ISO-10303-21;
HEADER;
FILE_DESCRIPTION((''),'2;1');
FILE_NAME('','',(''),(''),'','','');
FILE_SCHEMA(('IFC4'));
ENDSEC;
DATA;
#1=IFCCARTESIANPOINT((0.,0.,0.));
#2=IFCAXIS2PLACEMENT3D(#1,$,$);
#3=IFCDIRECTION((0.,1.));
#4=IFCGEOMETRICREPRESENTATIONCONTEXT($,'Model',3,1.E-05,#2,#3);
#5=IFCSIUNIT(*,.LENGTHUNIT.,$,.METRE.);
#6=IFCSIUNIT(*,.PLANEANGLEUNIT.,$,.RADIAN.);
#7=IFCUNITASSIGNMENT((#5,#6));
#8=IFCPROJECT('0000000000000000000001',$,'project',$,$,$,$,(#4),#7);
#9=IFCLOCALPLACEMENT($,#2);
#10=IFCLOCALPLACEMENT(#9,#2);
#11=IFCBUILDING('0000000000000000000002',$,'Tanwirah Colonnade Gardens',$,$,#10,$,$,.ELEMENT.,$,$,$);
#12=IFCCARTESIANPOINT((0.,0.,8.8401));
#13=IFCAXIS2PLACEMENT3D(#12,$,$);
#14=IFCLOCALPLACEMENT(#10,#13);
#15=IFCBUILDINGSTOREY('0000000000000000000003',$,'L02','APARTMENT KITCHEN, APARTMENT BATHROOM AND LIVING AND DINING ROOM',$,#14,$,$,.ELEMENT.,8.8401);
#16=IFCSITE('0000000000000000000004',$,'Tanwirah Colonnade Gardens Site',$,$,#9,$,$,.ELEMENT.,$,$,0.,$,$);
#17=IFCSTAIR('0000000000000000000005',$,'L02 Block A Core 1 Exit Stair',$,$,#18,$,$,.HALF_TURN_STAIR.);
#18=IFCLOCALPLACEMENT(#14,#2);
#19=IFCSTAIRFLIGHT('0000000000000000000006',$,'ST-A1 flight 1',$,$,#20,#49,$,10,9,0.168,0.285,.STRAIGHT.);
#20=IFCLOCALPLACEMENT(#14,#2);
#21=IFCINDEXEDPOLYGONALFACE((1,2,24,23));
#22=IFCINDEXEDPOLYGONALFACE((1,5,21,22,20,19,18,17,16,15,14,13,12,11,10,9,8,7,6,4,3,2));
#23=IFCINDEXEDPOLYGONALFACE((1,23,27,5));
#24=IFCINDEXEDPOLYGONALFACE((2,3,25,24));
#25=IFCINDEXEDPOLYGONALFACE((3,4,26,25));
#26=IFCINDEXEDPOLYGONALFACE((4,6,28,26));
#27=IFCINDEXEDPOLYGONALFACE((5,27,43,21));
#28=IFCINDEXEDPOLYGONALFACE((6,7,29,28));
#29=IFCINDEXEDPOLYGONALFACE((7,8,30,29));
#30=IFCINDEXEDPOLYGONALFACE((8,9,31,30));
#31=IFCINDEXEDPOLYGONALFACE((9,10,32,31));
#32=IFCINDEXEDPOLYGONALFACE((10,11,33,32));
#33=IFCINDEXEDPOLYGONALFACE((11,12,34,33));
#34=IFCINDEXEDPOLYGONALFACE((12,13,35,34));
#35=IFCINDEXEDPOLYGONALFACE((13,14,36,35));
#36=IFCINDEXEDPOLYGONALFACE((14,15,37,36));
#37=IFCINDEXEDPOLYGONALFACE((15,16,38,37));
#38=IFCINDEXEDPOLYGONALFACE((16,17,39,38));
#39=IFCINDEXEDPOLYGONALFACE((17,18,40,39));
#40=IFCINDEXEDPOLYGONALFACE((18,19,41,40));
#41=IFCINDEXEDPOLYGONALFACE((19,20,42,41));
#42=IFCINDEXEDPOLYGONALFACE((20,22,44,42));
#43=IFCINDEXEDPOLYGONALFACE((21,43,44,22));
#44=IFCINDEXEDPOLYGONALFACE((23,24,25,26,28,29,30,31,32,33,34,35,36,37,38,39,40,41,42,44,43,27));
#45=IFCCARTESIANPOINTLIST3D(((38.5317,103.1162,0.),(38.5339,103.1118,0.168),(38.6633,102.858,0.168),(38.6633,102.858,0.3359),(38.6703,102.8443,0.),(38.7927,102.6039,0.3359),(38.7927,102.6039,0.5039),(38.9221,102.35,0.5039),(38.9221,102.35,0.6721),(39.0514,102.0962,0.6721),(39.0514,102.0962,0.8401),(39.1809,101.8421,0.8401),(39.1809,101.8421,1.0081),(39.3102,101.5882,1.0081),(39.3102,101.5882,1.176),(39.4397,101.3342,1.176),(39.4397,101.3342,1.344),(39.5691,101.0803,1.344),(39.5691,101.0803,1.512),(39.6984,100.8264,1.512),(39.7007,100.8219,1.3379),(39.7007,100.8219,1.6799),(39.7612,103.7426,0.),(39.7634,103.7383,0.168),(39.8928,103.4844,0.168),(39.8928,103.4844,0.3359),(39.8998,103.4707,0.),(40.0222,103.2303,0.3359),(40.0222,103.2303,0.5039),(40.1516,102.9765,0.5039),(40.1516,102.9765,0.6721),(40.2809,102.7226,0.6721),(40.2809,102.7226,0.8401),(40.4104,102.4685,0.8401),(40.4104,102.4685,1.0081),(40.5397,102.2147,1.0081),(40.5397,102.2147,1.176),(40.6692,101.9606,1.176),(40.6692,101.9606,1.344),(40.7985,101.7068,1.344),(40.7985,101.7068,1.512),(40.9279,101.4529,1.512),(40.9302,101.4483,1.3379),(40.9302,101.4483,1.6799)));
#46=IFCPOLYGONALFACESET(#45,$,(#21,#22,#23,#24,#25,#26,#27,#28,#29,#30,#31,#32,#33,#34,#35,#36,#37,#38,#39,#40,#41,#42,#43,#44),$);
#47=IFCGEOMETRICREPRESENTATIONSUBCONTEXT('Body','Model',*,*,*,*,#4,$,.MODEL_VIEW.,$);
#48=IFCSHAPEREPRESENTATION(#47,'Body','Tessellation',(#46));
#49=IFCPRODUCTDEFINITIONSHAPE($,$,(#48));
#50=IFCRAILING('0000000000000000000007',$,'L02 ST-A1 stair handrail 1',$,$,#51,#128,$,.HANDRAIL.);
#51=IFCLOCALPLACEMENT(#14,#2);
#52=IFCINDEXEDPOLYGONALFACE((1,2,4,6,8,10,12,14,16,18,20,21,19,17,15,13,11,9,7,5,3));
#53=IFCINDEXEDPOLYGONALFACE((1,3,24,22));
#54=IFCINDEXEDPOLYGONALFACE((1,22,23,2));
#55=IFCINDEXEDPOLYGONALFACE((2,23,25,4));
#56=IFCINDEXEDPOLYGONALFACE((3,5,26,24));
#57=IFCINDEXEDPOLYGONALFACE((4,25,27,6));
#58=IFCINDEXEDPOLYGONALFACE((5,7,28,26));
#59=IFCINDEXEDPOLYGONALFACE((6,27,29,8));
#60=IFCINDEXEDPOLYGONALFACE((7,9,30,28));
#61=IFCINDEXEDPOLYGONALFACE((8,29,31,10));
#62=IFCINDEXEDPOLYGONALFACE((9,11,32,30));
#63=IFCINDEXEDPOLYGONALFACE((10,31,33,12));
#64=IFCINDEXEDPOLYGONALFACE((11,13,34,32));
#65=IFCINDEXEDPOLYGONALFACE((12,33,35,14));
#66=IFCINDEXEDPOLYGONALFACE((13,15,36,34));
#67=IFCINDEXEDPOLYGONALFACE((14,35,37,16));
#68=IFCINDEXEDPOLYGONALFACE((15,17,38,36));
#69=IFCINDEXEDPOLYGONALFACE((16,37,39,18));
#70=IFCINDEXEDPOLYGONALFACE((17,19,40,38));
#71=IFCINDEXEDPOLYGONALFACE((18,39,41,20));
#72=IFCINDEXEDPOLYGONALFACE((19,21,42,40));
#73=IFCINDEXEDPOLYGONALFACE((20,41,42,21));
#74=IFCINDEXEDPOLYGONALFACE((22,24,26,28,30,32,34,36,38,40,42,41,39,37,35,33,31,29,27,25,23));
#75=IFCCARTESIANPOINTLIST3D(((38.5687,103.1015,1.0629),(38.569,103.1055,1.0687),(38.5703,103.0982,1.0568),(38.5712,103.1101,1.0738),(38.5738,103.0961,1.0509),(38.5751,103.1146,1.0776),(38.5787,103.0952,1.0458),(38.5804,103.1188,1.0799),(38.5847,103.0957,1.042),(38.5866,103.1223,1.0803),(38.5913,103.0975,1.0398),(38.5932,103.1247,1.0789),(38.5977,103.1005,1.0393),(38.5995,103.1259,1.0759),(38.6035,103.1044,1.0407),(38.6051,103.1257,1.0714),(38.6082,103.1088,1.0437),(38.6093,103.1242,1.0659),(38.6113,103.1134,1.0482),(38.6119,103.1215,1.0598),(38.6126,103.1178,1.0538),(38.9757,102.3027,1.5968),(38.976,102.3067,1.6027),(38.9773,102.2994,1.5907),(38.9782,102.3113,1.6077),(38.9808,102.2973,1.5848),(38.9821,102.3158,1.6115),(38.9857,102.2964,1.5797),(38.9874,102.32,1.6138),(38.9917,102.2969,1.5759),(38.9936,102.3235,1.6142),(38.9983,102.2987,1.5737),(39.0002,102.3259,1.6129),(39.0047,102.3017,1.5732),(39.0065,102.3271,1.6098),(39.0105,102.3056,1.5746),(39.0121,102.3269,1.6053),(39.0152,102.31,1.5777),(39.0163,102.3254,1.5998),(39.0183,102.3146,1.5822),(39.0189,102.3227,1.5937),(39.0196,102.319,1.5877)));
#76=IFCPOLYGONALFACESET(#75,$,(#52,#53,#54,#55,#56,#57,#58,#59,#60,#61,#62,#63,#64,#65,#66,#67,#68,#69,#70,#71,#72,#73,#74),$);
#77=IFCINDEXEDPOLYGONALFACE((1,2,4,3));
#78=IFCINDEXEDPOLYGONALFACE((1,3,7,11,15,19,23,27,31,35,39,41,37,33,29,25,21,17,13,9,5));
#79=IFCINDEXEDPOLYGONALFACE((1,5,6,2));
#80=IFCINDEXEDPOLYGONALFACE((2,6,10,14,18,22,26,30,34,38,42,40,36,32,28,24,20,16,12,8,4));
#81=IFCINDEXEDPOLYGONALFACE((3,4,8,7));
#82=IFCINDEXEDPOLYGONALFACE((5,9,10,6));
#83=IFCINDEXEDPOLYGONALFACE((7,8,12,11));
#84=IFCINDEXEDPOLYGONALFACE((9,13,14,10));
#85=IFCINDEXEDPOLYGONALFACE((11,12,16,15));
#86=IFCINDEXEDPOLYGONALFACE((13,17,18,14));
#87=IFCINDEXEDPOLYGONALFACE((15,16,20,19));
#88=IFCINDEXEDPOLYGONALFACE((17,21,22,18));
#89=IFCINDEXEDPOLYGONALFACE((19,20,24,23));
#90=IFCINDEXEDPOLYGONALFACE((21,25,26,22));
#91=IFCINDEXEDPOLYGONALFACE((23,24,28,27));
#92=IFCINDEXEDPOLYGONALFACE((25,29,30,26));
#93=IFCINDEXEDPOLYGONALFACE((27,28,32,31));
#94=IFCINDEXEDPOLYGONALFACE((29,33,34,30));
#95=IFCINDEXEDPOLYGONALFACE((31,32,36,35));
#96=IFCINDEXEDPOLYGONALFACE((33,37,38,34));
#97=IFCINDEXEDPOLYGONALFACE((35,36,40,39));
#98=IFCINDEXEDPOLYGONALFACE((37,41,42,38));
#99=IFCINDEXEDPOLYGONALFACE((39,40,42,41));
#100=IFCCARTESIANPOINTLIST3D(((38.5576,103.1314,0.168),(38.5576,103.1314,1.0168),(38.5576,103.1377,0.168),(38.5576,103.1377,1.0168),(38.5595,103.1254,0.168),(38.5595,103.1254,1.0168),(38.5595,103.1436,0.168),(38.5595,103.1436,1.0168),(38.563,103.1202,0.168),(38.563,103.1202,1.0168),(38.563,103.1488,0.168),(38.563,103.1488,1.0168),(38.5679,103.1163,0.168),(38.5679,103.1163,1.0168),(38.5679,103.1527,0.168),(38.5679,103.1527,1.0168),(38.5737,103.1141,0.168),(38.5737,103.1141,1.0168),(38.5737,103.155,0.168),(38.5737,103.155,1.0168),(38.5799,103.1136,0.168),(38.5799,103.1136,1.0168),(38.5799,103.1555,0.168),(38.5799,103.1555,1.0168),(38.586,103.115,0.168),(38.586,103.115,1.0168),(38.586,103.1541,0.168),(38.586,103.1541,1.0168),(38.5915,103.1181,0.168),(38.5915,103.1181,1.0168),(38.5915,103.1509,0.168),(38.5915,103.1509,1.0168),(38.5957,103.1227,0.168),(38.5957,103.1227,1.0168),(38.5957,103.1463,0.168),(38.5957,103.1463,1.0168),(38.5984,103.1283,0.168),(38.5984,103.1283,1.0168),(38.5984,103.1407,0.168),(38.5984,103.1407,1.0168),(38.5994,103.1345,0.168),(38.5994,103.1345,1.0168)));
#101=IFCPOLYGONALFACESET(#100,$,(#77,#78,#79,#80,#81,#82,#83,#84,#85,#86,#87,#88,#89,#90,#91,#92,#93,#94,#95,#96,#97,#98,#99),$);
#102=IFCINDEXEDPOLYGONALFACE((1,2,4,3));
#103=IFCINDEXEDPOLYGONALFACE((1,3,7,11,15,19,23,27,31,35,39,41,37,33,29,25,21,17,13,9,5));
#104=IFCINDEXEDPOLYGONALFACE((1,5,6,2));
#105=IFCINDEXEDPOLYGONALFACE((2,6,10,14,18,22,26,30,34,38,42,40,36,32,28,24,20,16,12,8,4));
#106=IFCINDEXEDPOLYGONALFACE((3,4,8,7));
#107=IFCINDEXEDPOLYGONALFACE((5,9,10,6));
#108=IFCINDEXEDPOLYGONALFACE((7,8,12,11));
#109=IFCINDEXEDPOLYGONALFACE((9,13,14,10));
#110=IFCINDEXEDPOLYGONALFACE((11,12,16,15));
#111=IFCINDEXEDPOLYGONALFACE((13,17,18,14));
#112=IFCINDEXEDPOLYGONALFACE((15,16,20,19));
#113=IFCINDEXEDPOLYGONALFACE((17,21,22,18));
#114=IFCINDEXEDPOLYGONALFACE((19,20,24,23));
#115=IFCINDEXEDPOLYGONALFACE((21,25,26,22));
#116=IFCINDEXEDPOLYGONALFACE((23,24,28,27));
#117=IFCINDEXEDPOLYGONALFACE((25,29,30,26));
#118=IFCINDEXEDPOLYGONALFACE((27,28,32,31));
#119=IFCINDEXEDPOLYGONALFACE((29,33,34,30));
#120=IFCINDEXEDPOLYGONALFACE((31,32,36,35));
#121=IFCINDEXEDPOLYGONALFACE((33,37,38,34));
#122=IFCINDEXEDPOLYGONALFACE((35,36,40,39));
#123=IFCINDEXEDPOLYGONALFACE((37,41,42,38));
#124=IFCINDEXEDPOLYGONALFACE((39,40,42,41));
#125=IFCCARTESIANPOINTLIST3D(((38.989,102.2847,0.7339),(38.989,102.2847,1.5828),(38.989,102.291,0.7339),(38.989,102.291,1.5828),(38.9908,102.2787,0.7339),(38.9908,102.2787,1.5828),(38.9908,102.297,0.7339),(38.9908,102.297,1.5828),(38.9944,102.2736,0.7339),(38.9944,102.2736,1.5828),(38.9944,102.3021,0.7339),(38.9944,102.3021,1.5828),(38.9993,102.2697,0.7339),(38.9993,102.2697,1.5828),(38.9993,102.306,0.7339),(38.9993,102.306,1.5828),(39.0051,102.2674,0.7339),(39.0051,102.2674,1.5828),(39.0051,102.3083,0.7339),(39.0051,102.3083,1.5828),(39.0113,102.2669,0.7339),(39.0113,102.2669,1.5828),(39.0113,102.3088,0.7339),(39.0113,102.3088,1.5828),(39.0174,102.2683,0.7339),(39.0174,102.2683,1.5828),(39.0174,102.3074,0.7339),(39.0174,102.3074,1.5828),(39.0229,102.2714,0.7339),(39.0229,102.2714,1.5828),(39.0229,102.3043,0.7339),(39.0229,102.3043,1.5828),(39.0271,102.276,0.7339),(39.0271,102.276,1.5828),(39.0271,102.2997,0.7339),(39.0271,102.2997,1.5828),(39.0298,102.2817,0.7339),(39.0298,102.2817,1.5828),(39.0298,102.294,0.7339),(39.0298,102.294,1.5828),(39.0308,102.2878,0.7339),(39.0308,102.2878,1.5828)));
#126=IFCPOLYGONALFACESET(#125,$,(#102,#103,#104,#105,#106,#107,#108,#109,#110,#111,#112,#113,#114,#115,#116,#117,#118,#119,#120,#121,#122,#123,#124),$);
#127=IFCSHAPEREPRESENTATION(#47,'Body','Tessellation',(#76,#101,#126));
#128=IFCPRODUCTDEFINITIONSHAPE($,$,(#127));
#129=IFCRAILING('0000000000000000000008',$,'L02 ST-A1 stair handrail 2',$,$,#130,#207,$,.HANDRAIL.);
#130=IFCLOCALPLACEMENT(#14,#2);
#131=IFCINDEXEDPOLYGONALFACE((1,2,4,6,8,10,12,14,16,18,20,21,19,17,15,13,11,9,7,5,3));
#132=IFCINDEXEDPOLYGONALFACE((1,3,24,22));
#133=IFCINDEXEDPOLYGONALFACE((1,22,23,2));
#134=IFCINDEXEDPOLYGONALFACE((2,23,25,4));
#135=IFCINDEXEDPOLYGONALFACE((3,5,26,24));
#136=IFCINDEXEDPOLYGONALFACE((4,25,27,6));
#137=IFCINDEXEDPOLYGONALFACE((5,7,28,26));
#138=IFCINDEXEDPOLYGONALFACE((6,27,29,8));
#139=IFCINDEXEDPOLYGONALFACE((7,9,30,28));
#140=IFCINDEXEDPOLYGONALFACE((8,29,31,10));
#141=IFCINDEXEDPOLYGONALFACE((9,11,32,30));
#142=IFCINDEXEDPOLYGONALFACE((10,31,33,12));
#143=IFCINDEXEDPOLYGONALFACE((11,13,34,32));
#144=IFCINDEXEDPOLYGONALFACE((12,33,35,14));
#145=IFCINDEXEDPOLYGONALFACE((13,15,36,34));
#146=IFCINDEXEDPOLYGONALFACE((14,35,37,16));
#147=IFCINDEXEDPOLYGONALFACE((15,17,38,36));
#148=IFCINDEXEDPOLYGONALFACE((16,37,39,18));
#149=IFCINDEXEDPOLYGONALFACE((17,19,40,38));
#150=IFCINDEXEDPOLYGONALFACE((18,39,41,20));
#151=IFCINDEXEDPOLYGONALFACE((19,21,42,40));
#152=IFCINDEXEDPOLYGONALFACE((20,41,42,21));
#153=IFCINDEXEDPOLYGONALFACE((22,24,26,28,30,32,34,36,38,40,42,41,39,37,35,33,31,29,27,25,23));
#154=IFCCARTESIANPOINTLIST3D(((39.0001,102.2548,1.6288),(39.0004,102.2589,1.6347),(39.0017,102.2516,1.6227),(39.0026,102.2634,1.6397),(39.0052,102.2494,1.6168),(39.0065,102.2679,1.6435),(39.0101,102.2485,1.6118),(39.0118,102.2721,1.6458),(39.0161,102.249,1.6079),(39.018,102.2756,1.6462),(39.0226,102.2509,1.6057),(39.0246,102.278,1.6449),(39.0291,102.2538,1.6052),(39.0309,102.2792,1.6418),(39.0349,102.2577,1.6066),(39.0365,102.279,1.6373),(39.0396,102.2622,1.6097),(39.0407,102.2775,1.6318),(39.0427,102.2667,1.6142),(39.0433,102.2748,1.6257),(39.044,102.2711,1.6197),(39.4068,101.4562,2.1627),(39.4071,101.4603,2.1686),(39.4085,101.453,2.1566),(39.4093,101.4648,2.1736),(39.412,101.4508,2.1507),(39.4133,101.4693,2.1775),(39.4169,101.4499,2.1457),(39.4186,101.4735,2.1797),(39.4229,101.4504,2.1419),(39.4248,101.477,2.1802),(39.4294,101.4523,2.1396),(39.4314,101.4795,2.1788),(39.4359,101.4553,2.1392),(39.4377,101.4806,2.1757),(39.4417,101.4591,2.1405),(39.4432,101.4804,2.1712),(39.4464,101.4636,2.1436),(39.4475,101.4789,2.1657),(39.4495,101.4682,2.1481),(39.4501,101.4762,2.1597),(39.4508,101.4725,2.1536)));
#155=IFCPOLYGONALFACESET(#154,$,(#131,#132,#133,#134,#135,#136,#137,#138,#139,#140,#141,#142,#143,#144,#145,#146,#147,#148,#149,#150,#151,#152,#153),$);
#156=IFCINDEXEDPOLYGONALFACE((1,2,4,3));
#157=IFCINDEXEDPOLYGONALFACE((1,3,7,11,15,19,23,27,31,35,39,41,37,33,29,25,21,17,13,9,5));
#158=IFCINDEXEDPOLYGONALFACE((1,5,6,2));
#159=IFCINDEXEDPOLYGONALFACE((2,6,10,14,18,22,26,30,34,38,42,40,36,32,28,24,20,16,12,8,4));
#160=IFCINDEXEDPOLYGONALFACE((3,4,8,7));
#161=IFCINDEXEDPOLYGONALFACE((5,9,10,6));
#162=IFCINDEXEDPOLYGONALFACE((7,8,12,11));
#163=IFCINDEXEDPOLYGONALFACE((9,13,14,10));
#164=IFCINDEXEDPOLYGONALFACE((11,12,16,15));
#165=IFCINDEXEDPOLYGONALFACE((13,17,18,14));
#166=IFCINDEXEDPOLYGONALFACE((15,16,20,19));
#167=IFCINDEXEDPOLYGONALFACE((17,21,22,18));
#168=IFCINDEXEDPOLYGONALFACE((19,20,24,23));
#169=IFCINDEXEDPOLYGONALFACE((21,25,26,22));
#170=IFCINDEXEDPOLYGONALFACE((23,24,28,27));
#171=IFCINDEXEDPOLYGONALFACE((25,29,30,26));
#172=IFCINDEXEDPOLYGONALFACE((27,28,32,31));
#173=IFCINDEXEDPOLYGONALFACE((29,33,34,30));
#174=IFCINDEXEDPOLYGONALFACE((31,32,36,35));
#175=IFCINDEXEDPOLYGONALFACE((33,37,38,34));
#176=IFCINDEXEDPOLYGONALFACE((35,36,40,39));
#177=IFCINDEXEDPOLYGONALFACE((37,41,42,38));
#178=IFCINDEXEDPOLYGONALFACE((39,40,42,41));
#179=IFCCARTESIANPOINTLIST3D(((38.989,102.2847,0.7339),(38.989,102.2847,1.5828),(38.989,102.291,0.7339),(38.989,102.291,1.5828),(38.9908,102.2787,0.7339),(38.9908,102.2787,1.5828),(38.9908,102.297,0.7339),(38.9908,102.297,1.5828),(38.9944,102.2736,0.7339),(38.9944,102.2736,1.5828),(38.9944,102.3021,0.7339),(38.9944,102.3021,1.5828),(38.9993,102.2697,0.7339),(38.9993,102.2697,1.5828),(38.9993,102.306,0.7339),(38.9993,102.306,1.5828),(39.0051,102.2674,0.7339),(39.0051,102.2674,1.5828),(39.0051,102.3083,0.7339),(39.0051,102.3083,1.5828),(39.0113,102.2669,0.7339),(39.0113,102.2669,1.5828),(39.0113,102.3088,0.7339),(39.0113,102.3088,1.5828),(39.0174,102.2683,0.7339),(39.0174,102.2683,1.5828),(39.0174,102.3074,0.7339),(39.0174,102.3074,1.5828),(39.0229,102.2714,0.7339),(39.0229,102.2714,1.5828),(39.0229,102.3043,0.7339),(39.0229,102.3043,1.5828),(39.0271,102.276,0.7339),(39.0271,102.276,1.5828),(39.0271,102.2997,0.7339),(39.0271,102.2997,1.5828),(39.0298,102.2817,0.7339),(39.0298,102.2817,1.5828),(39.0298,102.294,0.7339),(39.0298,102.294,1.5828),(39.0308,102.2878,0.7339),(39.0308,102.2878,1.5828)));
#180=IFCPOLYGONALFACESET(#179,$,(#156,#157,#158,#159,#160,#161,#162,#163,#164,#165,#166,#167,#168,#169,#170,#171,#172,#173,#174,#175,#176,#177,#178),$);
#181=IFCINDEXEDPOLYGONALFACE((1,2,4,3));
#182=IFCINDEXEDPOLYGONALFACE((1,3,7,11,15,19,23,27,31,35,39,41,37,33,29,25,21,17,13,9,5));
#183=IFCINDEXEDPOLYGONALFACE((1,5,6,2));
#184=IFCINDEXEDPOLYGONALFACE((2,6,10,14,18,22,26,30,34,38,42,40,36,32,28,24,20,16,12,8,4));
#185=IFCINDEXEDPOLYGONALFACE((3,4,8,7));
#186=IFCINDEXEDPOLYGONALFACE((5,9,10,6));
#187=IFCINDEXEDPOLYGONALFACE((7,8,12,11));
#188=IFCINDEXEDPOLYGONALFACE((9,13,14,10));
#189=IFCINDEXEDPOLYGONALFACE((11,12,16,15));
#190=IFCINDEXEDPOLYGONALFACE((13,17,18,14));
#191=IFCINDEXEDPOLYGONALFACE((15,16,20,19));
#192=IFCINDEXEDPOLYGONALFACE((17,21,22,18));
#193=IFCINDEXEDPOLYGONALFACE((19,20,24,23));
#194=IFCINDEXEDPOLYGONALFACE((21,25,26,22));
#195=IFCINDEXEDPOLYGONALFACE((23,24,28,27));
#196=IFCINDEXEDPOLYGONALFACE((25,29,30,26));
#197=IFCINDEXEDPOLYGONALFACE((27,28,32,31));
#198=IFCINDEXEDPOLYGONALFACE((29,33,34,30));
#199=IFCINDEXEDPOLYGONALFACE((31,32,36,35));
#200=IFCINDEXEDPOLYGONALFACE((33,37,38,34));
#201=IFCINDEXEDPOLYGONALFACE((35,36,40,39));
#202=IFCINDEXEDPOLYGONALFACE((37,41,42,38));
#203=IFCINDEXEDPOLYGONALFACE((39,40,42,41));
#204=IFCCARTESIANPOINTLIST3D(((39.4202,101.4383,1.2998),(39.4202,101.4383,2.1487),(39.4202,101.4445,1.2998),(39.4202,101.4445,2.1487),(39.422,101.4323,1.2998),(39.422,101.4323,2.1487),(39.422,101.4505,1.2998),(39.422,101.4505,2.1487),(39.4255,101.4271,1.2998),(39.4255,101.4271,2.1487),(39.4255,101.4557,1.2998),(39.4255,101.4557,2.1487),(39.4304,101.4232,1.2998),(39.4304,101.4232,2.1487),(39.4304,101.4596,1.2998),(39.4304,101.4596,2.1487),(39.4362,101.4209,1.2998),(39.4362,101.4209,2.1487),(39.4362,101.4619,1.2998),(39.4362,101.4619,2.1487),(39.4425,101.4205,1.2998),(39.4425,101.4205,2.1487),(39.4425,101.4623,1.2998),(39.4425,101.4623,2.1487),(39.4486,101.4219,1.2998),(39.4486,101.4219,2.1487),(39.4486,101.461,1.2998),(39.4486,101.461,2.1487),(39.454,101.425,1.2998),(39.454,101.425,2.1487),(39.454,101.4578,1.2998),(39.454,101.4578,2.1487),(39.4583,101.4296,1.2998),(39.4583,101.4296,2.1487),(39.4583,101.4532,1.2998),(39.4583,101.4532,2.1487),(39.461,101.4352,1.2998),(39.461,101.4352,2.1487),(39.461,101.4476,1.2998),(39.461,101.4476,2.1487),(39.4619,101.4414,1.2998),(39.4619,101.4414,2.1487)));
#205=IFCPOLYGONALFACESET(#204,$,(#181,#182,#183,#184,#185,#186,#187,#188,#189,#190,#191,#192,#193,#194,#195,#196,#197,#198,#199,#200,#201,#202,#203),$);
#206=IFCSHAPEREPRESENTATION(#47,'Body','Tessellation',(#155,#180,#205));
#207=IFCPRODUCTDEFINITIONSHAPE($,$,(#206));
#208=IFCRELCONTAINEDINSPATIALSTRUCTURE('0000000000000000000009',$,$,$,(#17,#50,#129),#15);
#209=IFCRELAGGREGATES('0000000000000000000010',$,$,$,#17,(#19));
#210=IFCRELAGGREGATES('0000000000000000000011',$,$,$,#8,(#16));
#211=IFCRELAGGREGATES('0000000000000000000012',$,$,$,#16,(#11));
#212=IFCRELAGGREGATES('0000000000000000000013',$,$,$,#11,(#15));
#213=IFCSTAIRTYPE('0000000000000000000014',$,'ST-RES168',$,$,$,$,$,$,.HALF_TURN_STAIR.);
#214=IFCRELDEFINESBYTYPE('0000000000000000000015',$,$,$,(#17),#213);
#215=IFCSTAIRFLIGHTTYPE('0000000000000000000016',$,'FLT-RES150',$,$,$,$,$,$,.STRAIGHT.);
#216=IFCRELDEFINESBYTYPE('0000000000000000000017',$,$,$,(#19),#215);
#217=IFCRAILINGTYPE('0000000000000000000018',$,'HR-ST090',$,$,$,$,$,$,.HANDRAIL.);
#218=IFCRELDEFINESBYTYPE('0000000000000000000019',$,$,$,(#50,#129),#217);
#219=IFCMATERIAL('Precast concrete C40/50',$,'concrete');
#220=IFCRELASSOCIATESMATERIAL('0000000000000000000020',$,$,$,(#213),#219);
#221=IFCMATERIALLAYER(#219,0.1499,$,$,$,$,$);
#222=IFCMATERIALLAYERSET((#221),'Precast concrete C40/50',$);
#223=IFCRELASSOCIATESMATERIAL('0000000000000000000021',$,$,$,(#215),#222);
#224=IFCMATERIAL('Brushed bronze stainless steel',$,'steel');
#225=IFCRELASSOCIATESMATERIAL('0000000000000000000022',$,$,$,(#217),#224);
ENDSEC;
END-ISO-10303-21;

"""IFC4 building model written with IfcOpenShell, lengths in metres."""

from ifc_helpers import new_model, si_unit, direction, frame, origin, origin_2d, place, context, subcontext, project, spatial, polyline, circle, outline, extrude, material, layer, layer_set, type_object, element, aggregate, save


model = new_model("IFC4")

# Units and contexts
model_context = context("Model", 3, precision=1e-05, world=origin(), true_north=direction((0.0, 1.0)))
body_context = subcontext(model_context, "Body", "Model", "MODEL_VIEW")
ifc_project = project(units=[si_unit("LENGTHUNIT", "METRE"), si_unit("PLANEANGLEUNIT", "RADIAN")], contexts=[model_context])

# Site, building, storey
site_placement = place(None, origin())
site = spatial("IfcSite", under=ifc_project, at=site_placement, Name="Tanwirah Colonnade Gardens Site", CompositionType="ELEMENT", RefElevation=0.0)
building_placement = place(site_placement, origin())
building = spatial("IfcBuilding", under=site, at=building_placement, Name="Tanwirah Colonnade Gardens", CompositionType="ELEMENT")
storey_placement = place(building_placement, frame((0.0, 0.0, 8.8401)))
storey = spatial("IfcBuildingStorey", under=building, at=storey_placement, Name="L02", Description="APARTMENT KITCHEN, APARTMENT BATHROOM AND LIVING AND DINING ROOM", CompositionType="ELEMENT", Elevation=8.8401)

# Shared definitions
ifc_material_1 = material(Name="Precast concrete C40/50", Category="concrete")

# Stair, stair flight
stair_type = type_object("IfcStairType", Name="ST-RES168", PredefinedType="HALF_TURN_STAIR", material=ifc_material_1)
stair_placement = place(storey_placement, origin())
stair = element("IfcStair", 1, at=stair_placement, inside=storey, type_object=stair_type, Name="L02 Block A Core 1 Exit Stair", PredefinedType="HALF_TURN_STAIR")
ifc_layer_1 = layer(ifc_material_1, 0.1499)
ifc_layer_set_1 = layer_set([ifc_layer_1], Name="Precast concrete C40/50")
stair_flight_type = type_object("IfcStairFlightType", Name="FLT-RES150", PredefinedType="STRAIGHT", material=ifc_layer_set_1)
stair_flight_placement = place(storey_placement, frame((39.1487, 103.425, 0.0), z_axis=(0.0, 0.0, 1.0), x_axis=(0.45399, -0.891007, 0.0)))
stair_flight = element("IfcStairFlight", 2, at=stair_flight_placement, type_object=stair_flight_type, Name="ST-A1 flight 1", NumberOfRisers=10, NumberOfTreads=9, PredefinedType="STRAIGHT", RiserHeight=0.168, TreadLength=0.285, context=body_context, shape_type="SweptSolid", body=[
    extrude(outline(polyline([(-0.0049, 0.0), (0.0, 0.168), (0.2849, 0.168), (0.2849, 0.3359), (0.5701, 0.3359), (0.5701, 0.5039), (0.855, 0.5039), (0.855, 0.6721), (1.1399, 0.6721), (1.1399, 0.8401), (1.425, 0.8401), (1.425, 1.0081), (1.71, 1.0081), (1.71, 1.176), (1.9951, 1.176), (1.9951, 1.344), (2.28, 1.344), (2.28, 1.512), (2.5649, 1.512), (2.5701, 1.6799), (2.5701, 1.3379), (0.3003, 0.0), (-0.0049, 0.0)])), frame((0.0, 0.6899, 0.0), z_axis=(0.0, -1.0, 0.0), x_axis=(1.0, 0.0, 0.0)), (0.0, 0.0, 1.0), 1.3799),
])
aggregate(stair, [stair_flight])

# Railings
ifc_material_2 = material(Name="Brushed bronze stainless steel", Category="steel")
railing_type = type_object("IfcRailingType", Name="HR-ST090", PredefinedType="HANDRAIL", material=ifc_material_2)
railing_1_placement = place(storey_placement, frame((38.5784, 103.1345, 0.168)))
element("IfcRailing", 3, at=railing_1_placement, inside=storey, type_object=railing_type, Name="L02 ST-A1 stair handrail 1", PredefinedType="HANDRAIL", context=body_context, shape_type="SweptSolid", body=[
    extrude(circle(Radius=0.0239, at=origin_2d()), frame((0.0122, -0.0239, 0.8918), z_axis=(0.390052, -0.765534, 0.511681), x_axis=(0.89101, 0.453984, 0.0)), (0.0, 0.0, 1.0), 1.0435),
    extrude(circle(Radius=0.021, at=origin_2d()), origin(), (0.0, 0.0, 1.0), 0.8489),
    extrude(circle(Radius=0.021, at=origin_2d()), frame((0.4314, -0.8467, 0.5659)), (0.0, 0.0, 1.0), 0.8489),
])
railing_2_placement = place(storey_placement, frame((39.0098, 102.2878, 0.7339)))
element("IfcRailing", 4, at=railing_2_placement, inside=storey, type_object=railing_type, Name="L02 ST-A1 stair handrail 2", PredefinedType="HANDRAIL", context=body_context, shape_type="SweptSolid", body=[
    extrude(circle(Radius=0.0239, at=origin_2d()), frame((0.0122, -0.0239, 0.8918), z_axis=(0.38993, -0.765509, 0.511811), x_axis=(0.891061, 0.453883, 0.0)), (0.0, 0.0, 1.0), 1.0432),
    extrude(circle(Radius=0.021, at=origin_2d()), origin(), (0.0, 0.0, 1.0), 0.8489),
    extrude(circle(Radius=0.021, at=origin_2d()), frame((0.4312, -0.8464, 0.5659)), (0.0, 0.0, 1.0), 0.8489),
])

save(model, "model.ifc")
